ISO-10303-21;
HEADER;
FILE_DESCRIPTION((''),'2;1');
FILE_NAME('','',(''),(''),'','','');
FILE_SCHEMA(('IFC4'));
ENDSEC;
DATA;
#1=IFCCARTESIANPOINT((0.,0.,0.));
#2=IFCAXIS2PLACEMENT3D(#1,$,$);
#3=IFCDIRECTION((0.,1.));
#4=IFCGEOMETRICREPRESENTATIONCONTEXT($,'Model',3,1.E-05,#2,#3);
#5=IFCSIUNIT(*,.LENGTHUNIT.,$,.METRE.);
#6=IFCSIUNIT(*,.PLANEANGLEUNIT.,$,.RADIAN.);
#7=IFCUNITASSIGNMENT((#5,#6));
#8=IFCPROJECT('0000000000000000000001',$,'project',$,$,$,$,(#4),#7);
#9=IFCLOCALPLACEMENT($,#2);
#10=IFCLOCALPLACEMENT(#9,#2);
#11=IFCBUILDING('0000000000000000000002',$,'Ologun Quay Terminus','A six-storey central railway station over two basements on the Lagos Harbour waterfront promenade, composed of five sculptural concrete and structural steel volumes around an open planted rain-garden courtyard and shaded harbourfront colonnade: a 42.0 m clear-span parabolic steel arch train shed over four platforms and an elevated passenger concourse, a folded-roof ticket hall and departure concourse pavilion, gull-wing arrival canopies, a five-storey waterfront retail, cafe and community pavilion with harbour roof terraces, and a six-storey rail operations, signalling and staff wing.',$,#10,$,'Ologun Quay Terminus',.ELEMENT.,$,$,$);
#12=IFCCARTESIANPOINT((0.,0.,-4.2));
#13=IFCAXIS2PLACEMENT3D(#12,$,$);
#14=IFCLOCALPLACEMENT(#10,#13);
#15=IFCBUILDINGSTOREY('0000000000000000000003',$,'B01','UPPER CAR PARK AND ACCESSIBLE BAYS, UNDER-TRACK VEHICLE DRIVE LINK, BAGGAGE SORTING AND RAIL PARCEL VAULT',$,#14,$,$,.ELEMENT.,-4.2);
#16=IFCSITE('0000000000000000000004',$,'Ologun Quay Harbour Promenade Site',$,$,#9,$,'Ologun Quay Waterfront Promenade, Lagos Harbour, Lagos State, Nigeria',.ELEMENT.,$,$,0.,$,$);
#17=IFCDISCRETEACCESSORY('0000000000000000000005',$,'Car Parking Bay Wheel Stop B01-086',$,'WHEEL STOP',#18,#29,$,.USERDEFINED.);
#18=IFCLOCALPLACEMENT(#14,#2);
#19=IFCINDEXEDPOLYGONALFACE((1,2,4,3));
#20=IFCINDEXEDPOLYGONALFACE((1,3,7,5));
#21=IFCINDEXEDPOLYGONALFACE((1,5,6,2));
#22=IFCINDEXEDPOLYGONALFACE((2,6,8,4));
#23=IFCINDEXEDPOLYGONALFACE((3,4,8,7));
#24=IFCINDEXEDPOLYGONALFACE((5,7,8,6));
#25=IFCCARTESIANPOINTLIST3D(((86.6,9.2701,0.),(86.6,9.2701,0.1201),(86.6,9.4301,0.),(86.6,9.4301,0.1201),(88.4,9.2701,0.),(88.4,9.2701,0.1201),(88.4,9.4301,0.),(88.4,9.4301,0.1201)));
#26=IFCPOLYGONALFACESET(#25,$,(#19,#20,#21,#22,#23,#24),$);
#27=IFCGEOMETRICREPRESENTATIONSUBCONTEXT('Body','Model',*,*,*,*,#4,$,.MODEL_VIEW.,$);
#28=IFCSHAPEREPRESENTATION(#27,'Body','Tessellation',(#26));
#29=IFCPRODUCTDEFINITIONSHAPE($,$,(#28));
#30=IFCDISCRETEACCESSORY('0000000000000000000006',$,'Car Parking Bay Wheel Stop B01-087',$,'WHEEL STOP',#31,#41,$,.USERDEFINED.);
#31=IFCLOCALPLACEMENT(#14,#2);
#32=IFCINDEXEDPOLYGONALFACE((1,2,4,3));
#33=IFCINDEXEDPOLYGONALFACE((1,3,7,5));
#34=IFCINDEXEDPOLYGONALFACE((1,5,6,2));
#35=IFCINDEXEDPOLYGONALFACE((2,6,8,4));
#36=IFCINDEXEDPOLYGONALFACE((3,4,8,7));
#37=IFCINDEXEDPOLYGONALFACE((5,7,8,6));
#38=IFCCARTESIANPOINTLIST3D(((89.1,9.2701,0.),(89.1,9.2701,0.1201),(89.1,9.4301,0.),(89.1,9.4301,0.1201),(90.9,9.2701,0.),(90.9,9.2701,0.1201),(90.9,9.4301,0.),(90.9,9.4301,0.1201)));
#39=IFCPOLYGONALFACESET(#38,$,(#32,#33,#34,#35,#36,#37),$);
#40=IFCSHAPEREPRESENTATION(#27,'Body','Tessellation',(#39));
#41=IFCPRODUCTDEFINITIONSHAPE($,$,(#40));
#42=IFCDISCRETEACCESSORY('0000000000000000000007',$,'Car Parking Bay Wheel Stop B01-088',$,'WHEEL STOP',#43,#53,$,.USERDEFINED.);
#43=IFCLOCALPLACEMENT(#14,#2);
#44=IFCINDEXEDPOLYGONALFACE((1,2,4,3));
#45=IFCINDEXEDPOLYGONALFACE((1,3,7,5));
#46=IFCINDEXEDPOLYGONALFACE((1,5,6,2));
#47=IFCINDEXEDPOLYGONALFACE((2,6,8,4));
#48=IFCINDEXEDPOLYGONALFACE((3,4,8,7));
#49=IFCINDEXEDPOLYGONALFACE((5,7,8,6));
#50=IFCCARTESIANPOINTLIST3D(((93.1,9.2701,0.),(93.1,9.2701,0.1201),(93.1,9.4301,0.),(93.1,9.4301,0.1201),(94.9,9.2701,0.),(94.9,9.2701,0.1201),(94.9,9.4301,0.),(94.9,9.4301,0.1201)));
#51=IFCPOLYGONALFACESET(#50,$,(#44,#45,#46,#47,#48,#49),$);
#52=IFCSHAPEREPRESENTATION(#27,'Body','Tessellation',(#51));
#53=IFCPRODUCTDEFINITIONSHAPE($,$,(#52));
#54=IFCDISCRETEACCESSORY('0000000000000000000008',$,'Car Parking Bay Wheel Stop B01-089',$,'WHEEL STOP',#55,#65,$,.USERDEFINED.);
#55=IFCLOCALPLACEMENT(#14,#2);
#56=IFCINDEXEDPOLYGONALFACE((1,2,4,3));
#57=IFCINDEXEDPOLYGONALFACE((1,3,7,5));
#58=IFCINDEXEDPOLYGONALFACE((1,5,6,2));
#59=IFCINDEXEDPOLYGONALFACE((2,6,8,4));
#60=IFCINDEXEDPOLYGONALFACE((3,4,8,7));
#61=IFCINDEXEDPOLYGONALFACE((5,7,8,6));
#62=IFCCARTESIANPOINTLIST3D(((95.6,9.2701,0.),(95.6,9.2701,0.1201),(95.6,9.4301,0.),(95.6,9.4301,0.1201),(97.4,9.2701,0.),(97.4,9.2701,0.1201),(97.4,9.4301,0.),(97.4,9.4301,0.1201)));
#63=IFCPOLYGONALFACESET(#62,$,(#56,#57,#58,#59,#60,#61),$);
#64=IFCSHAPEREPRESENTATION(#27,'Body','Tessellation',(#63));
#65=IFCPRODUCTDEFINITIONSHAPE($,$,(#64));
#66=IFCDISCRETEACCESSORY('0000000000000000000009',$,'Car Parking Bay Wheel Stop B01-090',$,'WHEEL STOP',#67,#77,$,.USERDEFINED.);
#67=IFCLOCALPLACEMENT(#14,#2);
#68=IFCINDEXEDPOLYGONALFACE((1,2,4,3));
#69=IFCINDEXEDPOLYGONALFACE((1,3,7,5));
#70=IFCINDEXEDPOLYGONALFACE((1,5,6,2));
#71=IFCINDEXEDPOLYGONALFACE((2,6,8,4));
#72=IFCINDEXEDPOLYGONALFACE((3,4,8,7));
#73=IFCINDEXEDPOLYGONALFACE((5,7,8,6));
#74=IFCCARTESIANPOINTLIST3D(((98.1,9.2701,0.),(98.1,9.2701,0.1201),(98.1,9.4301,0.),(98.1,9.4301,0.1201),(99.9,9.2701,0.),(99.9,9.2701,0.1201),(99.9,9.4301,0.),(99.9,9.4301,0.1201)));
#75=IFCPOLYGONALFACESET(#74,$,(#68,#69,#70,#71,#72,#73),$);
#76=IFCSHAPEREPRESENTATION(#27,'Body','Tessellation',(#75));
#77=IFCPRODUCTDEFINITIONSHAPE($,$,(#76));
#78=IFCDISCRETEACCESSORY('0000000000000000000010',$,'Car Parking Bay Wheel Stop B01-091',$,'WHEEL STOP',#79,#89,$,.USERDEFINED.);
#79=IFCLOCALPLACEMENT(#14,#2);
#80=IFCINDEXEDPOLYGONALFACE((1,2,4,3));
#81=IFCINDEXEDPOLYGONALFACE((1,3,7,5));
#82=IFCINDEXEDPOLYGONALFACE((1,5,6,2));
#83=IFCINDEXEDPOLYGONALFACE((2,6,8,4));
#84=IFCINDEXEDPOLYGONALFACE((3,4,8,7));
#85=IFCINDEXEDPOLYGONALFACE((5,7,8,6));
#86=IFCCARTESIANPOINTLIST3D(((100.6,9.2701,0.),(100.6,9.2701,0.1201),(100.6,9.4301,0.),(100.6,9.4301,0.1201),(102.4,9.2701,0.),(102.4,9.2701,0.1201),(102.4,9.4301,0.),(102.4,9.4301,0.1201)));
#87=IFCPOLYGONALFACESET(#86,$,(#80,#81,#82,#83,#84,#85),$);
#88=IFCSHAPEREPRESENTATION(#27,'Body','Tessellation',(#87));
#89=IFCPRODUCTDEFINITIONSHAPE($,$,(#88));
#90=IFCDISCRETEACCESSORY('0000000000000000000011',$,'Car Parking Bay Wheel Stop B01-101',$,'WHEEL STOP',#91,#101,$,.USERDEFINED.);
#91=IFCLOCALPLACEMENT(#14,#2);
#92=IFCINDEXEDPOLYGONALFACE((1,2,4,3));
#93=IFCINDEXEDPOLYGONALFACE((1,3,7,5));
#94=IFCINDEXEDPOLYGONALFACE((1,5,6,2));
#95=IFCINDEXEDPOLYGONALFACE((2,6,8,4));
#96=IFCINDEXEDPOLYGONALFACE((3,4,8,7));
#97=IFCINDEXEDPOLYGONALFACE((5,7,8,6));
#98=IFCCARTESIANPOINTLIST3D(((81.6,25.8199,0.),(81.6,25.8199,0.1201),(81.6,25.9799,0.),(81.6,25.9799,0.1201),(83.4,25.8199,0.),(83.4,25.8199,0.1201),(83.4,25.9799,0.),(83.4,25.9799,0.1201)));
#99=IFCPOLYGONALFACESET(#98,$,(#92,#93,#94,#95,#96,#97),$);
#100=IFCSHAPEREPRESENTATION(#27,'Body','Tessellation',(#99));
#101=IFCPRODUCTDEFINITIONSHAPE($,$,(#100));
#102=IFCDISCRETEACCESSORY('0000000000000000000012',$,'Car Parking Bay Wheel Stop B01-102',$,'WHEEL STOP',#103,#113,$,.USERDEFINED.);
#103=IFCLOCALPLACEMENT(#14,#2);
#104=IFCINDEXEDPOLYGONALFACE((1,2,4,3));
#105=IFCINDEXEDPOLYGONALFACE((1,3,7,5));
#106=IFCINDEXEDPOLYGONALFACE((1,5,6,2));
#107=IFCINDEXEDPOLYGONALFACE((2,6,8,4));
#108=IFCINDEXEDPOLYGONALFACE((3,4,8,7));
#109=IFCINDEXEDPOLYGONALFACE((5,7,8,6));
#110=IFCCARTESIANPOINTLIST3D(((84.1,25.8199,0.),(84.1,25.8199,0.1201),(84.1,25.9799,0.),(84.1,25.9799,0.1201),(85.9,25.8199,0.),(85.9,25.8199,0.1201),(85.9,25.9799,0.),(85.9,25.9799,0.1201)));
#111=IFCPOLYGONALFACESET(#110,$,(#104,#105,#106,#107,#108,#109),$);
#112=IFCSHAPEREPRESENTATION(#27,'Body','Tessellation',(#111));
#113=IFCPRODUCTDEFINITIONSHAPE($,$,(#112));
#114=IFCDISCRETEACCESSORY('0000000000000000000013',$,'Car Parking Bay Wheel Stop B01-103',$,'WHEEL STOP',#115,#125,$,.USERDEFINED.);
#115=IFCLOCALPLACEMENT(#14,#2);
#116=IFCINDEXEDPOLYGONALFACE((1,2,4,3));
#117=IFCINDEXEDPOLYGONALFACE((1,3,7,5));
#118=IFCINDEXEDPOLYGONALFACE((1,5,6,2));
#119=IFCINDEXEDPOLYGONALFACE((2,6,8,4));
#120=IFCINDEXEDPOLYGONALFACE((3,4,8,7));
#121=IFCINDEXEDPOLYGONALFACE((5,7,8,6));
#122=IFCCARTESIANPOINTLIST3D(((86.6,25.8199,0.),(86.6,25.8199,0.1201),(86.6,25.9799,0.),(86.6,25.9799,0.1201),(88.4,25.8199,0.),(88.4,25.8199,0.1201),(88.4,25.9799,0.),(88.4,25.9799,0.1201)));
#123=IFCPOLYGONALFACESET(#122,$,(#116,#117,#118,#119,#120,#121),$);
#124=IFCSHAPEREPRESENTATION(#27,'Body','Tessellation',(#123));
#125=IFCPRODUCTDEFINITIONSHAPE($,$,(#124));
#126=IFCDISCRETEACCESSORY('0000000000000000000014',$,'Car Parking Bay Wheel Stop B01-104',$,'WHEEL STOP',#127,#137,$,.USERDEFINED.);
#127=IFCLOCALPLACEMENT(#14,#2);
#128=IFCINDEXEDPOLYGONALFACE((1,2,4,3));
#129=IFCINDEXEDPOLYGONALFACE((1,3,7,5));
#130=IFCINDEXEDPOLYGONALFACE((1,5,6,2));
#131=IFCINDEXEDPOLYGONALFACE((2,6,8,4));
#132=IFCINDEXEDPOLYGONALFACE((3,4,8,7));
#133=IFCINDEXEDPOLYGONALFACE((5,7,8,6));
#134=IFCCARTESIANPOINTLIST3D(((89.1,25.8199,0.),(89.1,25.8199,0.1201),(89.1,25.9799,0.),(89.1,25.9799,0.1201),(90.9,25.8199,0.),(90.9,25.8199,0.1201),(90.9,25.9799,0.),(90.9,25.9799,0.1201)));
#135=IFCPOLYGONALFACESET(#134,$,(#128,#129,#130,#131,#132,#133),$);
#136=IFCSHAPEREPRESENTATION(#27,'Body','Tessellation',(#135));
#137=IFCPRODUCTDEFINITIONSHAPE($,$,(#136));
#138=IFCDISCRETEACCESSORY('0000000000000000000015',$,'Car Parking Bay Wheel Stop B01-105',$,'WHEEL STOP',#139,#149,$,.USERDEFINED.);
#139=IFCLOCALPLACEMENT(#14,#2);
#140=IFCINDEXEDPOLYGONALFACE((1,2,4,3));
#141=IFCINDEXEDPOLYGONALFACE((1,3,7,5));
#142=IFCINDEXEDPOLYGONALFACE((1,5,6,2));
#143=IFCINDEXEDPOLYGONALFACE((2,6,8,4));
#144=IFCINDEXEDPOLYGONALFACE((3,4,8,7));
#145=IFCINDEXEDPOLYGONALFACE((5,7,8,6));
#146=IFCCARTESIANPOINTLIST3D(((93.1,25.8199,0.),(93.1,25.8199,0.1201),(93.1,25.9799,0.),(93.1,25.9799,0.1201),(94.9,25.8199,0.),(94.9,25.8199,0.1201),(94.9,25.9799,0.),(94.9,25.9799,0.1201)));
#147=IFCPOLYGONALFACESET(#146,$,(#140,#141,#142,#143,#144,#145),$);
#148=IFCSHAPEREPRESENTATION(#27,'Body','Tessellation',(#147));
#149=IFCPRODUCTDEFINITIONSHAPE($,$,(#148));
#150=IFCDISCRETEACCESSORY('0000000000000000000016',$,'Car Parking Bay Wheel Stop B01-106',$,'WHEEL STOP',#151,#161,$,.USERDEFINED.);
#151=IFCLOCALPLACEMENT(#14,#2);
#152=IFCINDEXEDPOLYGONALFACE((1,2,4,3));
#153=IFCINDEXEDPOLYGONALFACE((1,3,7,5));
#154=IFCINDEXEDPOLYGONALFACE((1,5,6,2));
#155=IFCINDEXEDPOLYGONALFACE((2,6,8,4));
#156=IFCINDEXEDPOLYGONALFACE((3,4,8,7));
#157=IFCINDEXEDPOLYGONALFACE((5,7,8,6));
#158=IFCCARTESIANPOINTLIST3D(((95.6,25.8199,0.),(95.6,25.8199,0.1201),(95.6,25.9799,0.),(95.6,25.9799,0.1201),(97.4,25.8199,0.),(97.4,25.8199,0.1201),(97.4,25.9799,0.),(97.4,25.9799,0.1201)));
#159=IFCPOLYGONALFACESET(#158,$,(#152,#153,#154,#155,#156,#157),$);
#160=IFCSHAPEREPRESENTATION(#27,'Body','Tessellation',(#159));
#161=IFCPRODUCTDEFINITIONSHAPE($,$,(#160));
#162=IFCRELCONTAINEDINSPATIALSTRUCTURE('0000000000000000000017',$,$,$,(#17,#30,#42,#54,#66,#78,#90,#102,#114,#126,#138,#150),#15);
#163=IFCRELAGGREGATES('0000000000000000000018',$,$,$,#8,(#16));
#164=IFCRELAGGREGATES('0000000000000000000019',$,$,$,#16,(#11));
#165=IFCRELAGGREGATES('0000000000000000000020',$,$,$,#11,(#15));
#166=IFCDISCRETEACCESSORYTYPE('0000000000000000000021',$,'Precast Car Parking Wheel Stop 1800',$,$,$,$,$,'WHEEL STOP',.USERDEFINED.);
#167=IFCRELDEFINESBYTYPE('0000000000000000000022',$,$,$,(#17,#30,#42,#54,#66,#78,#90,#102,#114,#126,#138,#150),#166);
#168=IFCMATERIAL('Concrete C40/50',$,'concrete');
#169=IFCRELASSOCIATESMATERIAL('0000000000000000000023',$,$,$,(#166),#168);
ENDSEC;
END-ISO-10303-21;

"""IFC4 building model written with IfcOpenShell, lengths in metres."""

from ifc_helpers import new_model, si_unit, direction, frame, origin, origin_2d, place, context, subcontext, project, spatial, rectangle, extrude, material, type_object, element, save


model = new_model("IFC4")

# Units and contexts
model_context = context("Model", 3, precision=1e-05, world=origin(), true_north=direction((0.0, 1.0)))
body_context = subcontext(model_context, "Body", "Model", "MODEL_VIEW")
ifc_project = project(units=[si_unit("LENGTHUNIT", "METRE"), si_unit("PLANEANGLEUNIT", "RADIAN")], contexts=[model_context])

# Site, building, storey
site_placement = place(None, origin())
site = spatial("IfcSite", under=ifc_project, at=site_placement, Name="Ologun Quay Harbour Promenade Site", LongName="Ologun Quay Waterfront Promenade, Lagos Harbour, Lagos State, Nigeria", CompositionType="ELEMENT", RefElevation=0.0)
building_placement = place(site_placement, origin())
building = spatial("IfcBuilding", under=site, at=building_placement, Name="Ologun Quay Terminus", Description="A six-storey central railway station over two basements on the Lagos Harbour waterfront promenade, composed of five sculptural concrete and structural steel volumes around an open planted rain-garden courtyard and shaded harbourfront colonnade: a 42.0 m clear-span parabolic steel arch train shed over four platforms and an elevated passenger concourse, a folded-roof ticket hall and departure concourse pavilion, gull-wing arrival canopies, a five-storey waterfront retail, cafe and community pavilion with harbour roof terraces, and a six-storey rail operations, signalling and staff wing.", LongName="Ologun Quay Terminus", CompositionType="ELEMENT")
storey_placement = place(building_placement, frame((0.0, 0.0, -4.2)))
storey = spatial("IfcBuildingStorey", under=building, at=storey_placement, Name="B01", Description="UPPER CAR PARK AND ACCESSIBLE BAYS, UNDER-TRACK VEHICLE DRIVE LINK, BAGGAGE SORTING AND RAIL PARCEL VAULT", CompositionType="ELEMENT", Elevation=-4.2)

# Discrete accessories
ifc_material_1 = material(Name="Concrete C40/50", Category="concrete")
discrete_accessory_type = type_object("IfcDiscreteAccessoryType", Name="Precast Car Parking Wheel Stop 1800", ElementType="WHEEL STOP", PredefinedType="USERDEFINED", material=ifc_material_1)
for number, where, z_axis, x_axis, name in (
    (1, (87.5, 9.3501, 0.0), (0.0, 0.0, 1.0), (1.0, 0.0, 0.0), "Car Parking Bay Wheel Stop B01-086"),
    (2, (90.0, 9.3501, 0.0), (0.0, 0.0, 1.0), (1.0, 0.0, 0.0), "Car Parking Bay Wheel Stop B01-087"),
    (3, (94.0, 9.3501, 0.0), (0.0, 0.0, 1.0), (1.0, 0.0, 0.0), "Car Parking Bay Wheel Stop B01-088"),
    (4, (96.5, 9.3501, 0.0), (0.0, 0.0, 1.0), (1.0, 0.0, 0.0), "Car Parking Bay Wheel Stop B01-089"),
    (5, (99.0, 9.3501, 0.0), (0.0, 0.0, 1.0), (1.0, 0.0, 0.0), "Car Parking Bay Wheel Stop B01-090"),
    (6, (101.5, 9.3501, 0.0), (0.0, 0.0, 1.0), (1.0, 0.0, 0.0), "Car Parking Bay Wheel Stop B01-091"),
    (7, (82.5, 25.8999, 0.0), (0.0, 0.0, 1.0), (1.0, 0.0, 0.0), "Car Parking Bay Wheel Stop B01-101"),
    (8, (85.0, 25.8999, 0.0), (0.0, 0.0, 1.0), (1.0, 0.0, 0.0), "Car Parking Bay Wheel Stop B01-102"),
    (9, (87.5, 25.8999, 0.0), (0.0, 0.0, 1.0), (1.0, 0.0, 0.0), "Car Parking Bay Wheel Stop B01-103"),
    (10, (90.0, 25.8999, 0.0), (0.0, 0.0, 1.0), (1.0, 0.0, 0.0), "Car Parking Bay Wheel Stop B01-104"),
    (11, (94.0, 25.8999, 0.0), (0.0, 0.0, 1.0), (1.0, 0.0, 0.0), "Car Parking Bay Wheel Stop B01-105"),
    (12, (96.5, 25.8999, 0.0), (0.0, 0.0, 1.0), (1.0, 0.0, 0.0), "Car Parking Bay Wheel Stop B01-106"),
):
    element("IfcDiscreteAccessory", number, at=place(storey_placement, frame(where, z_axis=z_axis, x_axis=x_axis)), inside=storey, type_object=discrete_accessory_type, Name=name, ObjectType="WHEEL STOP", PredefinedType="USERDEFINED", context=body_context, shape_type="SweptSolid", body=[
        extrude(rectangle(XDim=1.8, YDim=0.1599, at=origin_2d()), origin(), (0.0, 0.0, 1.0), 0.1201),
    ])

save(model, "model.ifc")
